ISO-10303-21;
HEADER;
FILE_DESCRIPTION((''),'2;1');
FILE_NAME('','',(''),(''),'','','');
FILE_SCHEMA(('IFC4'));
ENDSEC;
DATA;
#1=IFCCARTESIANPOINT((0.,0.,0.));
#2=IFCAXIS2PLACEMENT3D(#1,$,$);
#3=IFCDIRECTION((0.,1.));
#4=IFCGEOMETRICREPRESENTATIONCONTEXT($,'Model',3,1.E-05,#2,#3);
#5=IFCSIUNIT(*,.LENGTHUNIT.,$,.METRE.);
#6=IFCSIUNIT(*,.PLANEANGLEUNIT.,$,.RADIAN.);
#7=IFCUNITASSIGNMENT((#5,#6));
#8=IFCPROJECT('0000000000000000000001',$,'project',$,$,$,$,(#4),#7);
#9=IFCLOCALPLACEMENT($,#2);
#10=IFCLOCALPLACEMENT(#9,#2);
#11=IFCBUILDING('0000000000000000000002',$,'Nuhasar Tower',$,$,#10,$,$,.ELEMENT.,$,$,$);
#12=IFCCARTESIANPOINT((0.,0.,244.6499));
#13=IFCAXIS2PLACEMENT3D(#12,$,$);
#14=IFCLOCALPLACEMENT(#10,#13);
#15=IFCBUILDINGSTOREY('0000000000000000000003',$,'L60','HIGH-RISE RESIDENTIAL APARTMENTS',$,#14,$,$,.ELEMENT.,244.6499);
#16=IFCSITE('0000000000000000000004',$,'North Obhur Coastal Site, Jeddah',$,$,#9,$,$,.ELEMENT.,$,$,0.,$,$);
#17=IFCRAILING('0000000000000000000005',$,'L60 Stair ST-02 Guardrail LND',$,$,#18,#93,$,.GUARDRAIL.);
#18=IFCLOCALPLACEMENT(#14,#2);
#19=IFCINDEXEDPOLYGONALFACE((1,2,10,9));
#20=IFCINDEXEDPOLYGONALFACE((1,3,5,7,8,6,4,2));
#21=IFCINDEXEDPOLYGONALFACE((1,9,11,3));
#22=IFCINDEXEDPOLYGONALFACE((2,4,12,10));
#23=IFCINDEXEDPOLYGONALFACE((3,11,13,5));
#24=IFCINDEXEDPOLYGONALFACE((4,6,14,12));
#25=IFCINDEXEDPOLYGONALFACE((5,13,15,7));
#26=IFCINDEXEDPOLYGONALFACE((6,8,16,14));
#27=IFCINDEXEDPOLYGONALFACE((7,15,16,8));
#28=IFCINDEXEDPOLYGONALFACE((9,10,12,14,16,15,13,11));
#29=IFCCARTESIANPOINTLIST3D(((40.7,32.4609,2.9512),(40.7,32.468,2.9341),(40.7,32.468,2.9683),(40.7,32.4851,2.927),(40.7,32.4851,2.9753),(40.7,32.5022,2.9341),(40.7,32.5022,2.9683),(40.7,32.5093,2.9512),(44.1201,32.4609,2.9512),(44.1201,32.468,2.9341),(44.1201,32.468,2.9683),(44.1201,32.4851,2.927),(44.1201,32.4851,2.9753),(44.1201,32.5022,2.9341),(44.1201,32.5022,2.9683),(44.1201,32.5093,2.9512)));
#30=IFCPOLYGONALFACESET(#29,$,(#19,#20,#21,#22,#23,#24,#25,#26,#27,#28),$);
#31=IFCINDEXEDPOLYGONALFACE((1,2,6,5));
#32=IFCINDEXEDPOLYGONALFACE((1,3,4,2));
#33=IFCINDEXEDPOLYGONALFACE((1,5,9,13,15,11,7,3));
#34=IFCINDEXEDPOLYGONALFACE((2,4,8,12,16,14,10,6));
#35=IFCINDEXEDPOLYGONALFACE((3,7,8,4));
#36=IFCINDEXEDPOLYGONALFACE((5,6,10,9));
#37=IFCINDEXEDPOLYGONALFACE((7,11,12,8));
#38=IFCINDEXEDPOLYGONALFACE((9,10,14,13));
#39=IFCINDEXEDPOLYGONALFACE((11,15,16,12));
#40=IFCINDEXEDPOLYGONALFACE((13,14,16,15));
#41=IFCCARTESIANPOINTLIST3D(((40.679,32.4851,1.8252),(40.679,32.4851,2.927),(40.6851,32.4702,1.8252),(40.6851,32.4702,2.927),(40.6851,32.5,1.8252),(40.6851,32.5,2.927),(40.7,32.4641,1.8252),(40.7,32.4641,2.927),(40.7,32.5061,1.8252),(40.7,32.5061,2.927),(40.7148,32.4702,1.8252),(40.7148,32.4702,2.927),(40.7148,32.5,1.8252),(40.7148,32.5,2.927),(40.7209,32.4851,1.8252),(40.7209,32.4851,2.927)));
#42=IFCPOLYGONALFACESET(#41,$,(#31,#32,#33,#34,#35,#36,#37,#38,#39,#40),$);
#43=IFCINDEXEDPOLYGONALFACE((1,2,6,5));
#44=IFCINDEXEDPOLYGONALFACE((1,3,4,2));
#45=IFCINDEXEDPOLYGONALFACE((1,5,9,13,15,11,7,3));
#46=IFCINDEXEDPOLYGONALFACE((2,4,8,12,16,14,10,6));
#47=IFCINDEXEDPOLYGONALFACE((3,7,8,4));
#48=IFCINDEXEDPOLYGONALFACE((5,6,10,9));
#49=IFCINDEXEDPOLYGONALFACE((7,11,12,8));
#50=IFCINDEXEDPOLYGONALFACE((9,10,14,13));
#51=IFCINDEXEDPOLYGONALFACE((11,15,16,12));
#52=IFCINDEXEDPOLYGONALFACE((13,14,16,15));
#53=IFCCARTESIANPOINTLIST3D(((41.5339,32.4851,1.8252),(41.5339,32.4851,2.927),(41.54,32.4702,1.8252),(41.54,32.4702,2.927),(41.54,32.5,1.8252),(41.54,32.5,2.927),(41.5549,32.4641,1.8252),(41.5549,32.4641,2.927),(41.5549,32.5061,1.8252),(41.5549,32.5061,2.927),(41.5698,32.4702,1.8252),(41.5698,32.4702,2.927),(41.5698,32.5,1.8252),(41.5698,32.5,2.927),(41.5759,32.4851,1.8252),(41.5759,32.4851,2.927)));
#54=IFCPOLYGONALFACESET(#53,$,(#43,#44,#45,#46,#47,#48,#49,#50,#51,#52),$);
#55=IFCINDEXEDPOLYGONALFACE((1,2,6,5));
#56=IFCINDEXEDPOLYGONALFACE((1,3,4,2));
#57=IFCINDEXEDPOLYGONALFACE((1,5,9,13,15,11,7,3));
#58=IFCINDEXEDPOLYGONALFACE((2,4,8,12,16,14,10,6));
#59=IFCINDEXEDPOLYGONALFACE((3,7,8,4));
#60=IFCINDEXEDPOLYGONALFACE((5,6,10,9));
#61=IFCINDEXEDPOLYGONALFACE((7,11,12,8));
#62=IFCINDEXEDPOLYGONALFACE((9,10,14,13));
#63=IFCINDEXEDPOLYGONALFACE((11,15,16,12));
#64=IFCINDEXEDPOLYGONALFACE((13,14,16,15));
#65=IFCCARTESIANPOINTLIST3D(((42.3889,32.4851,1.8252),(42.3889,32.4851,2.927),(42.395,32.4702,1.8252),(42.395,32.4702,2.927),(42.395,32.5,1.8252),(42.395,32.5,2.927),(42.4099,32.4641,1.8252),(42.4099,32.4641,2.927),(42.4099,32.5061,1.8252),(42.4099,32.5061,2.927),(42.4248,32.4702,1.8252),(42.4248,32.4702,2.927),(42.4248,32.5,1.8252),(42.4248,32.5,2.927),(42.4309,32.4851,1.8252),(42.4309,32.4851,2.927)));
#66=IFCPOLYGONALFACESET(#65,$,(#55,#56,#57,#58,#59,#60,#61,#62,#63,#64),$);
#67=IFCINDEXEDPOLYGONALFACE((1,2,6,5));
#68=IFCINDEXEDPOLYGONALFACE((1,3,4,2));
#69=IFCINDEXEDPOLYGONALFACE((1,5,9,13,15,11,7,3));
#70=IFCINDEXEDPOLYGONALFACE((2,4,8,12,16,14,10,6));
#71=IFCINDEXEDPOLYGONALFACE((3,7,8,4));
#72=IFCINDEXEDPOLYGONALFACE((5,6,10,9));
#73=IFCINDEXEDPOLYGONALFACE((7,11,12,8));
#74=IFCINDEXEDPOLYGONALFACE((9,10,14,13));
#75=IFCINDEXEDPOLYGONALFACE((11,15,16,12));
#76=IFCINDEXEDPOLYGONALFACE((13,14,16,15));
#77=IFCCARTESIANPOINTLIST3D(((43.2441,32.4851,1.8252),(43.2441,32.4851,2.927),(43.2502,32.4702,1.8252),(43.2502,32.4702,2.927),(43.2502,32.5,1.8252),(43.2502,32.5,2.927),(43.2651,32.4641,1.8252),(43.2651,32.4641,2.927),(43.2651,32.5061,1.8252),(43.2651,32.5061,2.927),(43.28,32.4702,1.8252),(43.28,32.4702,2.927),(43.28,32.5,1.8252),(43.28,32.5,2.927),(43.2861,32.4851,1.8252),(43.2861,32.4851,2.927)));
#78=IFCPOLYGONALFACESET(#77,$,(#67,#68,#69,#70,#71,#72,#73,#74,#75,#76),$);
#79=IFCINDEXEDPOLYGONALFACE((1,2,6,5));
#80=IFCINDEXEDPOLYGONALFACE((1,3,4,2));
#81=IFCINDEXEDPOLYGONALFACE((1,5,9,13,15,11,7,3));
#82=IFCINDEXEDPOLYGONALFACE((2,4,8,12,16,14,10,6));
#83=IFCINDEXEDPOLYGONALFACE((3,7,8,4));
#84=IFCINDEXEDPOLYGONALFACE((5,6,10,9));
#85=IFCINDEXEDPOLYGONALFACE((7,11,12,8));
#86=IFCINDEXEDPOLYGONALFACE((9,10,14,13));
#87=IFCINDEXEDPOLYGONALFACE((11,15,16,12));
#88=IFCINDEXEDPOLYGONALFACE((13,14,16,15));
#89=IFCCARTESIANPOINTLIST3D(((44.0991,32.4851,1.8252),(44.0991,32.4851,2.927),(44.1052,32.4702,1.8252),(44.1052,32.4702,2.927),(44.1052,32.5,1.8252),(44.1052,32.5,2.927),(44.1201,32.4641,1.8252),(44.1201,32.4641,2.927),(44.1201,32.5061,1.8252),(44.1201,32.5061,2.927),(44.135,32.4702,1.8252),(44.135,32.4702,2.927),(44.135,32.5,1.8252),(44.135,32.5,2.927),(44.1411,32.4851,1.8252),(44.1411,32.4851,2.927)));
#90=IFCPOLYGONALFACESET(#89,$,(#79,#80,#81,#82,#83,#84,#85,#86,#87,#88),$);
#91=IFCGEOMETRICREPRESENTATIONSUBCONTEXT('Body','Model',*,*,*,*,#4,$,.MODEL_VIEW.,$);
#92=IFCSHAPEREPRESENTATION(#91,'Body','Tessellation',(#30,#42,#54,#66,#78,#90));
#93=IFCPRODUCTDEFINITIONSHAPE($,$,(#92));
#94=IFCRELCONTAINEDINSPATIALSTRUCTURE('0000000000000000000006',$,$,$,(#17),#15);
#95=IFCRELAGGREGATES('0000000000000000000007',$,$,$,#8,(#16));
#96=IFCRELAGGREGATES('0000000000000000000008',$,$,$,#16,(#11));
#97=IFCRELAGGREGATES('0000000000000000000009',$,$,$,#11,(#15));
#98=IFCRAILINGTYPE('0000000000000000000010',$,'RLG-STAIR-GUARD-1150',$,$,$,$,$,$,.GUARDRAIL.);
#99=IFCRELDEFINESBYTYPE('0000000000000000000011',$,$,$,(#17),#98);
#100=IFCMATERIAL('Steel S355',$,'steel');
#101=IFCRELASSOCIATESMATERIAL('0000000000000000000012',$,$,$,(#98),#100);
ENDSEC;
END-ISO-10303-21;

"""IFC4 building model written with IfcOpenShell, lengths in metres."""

from ifc_helpers import new_model, si_unit, direction, frame, origin, place, context, subcontext, project, spatial, polyline, outline, extrude, material, type_object, element, save


model = new_model("IFC4")

# Units and contexts
model_context = context("Model", 3, precision=1e-05, world=origin(), true_north=direction((0.0, 1.0)))
body_context = subcontext(model_context, "Body", "Model", "MODEL_VIEW")
ifc_project = project(units=[si_unit("LENGTHUNIT", "METRE"), si_unit("PLANEANGLEUNIT", "RADIAN")], contexts=[model_context])

# Site, building, storey
site_placement = place(None, origin())
site = spatial("IfcSite", under=ifc_project, at=site_placement, Name="North Obhur Coastal Site, Jeddah", CompositionType="ELEMENT", RefElevation=0.0)
building_placement = place(site_placement, origin())
building = spatial("IfcBuilding", under=site, at=building_placement, Name="Nuhasar Tower", CompositionType="ELEMENT")
storey_placement = place(building_placement, frame((0.0, 0.0, 244.6499)))
storey = spatial("IfcBuildingStorey", under=building, at=storey_placement, Name="L60", Description="HIGH-RISE RESIDENTIAL APARTMENTS", CompositionType="ELEMENT", Elevation=244.6499)

# Shared definitions
ifc_material_1 = material(Name="Steel S355", Category="steel")

# Railing
railing_type_1 = type_object("IfcRailingType", Name="RLG-STAIR-GUARD-1150", PredefinedType="GUARDRAIL", material=ifc_material_1)
railing_1_placement = place(storey_placement, frame((40.7, 32.4851, 1.8252)))
element("IfcRailing", 1, at=railing_1_placement, inside=storey, type_object=railing_type_1, Name="L60 Stair ST-02 Guardrail LND", PredefinedType="GUARDRAIL", context=body_context, shape_type="SweptSolid", body=[
    extrude(outline(polyline([(0.0242, 0.0), (0.0171, 0.0171), (0.0, 0.0242), (-0.0171, 0.0171), (-0.0242, 0.0), (-0.0171, -0.0171), (0.0, -0.0242), (0.0171, -0.0171), (0.0242, 0.0)])), frame((0.0, 0.0, 1.126), z_axis=(1.0, 0.0, 0.0), x_axis=(0.0, 1.0, 0.0)), (0.0, 0.0, 1.0), 3.4202),
    extrude(outline(polyline([(0.021, 0.0), (0.0149, 0.0149), (0.0, 0.021), (-0.0149, 0.0149), (-0.021, 0.0), (-0.0149, -0.0149), (0.0, -0.021), (0.0149, -0.0149), (0.021, 0.0)])), origin(), (0.0, 0.0, 1.0), 1.1018),
    extrude(outline(polyline([(0.021, 0.0), (0.0149, 0.0149), (0.0, 0.021), (-0.0149, 0.0149), (-0.021, 0.0), (-0.0149, -0.0149), (0.0, -0.021), (0.0149, -0.0149), (0.021, 0.0)])), frame((0.855, 0.0, 0.0)), (0.0, 0.0, 1.0), 1.1018),
    extrude(outline(polyline([(0.021, 0.0), (0.0149, 0.0149), (0.0, 0.021), (-0.0149, 0.0149), (-0.021, 0.0), (-0.0149, -0.0149), (0.0, -0.021), (0.0149, -0.0149), (0.021, 0.0)])), frame((1.71, 0.0, 0.0)), (0.0, 0.0, 1.0), 1.1018),
    extrude(outline(polyline([(0.021, 0.0), (0.0149, 0.0149), (0.0, 0.021), (-0.0149, 0.0149), (-0.021, 0.0), (-0.0149, -0.0149), (0.0, -0.021), (0.0149, -0.0149), (0.021, 0.0)])), frame((2.5652, 0.0, 0.0)), (0.0, 0.0, 1.0), 1.1018),
    extrude(outline(polyline([(0.021, 0.0), (0.0149, 0.0149), (0.0, 0.021), (-0.0149, 0.0149), (-0.021, 0.0), (-0.0149, -0.0149), (0.0, -0.021), (0.0149, -0.0149), (0.021, 0.0)])), frame((3.4202, 0.0, 0.0)), (0.0, 0.0, 1.0), 1.1018),
])

save(model, "model.ifc")
